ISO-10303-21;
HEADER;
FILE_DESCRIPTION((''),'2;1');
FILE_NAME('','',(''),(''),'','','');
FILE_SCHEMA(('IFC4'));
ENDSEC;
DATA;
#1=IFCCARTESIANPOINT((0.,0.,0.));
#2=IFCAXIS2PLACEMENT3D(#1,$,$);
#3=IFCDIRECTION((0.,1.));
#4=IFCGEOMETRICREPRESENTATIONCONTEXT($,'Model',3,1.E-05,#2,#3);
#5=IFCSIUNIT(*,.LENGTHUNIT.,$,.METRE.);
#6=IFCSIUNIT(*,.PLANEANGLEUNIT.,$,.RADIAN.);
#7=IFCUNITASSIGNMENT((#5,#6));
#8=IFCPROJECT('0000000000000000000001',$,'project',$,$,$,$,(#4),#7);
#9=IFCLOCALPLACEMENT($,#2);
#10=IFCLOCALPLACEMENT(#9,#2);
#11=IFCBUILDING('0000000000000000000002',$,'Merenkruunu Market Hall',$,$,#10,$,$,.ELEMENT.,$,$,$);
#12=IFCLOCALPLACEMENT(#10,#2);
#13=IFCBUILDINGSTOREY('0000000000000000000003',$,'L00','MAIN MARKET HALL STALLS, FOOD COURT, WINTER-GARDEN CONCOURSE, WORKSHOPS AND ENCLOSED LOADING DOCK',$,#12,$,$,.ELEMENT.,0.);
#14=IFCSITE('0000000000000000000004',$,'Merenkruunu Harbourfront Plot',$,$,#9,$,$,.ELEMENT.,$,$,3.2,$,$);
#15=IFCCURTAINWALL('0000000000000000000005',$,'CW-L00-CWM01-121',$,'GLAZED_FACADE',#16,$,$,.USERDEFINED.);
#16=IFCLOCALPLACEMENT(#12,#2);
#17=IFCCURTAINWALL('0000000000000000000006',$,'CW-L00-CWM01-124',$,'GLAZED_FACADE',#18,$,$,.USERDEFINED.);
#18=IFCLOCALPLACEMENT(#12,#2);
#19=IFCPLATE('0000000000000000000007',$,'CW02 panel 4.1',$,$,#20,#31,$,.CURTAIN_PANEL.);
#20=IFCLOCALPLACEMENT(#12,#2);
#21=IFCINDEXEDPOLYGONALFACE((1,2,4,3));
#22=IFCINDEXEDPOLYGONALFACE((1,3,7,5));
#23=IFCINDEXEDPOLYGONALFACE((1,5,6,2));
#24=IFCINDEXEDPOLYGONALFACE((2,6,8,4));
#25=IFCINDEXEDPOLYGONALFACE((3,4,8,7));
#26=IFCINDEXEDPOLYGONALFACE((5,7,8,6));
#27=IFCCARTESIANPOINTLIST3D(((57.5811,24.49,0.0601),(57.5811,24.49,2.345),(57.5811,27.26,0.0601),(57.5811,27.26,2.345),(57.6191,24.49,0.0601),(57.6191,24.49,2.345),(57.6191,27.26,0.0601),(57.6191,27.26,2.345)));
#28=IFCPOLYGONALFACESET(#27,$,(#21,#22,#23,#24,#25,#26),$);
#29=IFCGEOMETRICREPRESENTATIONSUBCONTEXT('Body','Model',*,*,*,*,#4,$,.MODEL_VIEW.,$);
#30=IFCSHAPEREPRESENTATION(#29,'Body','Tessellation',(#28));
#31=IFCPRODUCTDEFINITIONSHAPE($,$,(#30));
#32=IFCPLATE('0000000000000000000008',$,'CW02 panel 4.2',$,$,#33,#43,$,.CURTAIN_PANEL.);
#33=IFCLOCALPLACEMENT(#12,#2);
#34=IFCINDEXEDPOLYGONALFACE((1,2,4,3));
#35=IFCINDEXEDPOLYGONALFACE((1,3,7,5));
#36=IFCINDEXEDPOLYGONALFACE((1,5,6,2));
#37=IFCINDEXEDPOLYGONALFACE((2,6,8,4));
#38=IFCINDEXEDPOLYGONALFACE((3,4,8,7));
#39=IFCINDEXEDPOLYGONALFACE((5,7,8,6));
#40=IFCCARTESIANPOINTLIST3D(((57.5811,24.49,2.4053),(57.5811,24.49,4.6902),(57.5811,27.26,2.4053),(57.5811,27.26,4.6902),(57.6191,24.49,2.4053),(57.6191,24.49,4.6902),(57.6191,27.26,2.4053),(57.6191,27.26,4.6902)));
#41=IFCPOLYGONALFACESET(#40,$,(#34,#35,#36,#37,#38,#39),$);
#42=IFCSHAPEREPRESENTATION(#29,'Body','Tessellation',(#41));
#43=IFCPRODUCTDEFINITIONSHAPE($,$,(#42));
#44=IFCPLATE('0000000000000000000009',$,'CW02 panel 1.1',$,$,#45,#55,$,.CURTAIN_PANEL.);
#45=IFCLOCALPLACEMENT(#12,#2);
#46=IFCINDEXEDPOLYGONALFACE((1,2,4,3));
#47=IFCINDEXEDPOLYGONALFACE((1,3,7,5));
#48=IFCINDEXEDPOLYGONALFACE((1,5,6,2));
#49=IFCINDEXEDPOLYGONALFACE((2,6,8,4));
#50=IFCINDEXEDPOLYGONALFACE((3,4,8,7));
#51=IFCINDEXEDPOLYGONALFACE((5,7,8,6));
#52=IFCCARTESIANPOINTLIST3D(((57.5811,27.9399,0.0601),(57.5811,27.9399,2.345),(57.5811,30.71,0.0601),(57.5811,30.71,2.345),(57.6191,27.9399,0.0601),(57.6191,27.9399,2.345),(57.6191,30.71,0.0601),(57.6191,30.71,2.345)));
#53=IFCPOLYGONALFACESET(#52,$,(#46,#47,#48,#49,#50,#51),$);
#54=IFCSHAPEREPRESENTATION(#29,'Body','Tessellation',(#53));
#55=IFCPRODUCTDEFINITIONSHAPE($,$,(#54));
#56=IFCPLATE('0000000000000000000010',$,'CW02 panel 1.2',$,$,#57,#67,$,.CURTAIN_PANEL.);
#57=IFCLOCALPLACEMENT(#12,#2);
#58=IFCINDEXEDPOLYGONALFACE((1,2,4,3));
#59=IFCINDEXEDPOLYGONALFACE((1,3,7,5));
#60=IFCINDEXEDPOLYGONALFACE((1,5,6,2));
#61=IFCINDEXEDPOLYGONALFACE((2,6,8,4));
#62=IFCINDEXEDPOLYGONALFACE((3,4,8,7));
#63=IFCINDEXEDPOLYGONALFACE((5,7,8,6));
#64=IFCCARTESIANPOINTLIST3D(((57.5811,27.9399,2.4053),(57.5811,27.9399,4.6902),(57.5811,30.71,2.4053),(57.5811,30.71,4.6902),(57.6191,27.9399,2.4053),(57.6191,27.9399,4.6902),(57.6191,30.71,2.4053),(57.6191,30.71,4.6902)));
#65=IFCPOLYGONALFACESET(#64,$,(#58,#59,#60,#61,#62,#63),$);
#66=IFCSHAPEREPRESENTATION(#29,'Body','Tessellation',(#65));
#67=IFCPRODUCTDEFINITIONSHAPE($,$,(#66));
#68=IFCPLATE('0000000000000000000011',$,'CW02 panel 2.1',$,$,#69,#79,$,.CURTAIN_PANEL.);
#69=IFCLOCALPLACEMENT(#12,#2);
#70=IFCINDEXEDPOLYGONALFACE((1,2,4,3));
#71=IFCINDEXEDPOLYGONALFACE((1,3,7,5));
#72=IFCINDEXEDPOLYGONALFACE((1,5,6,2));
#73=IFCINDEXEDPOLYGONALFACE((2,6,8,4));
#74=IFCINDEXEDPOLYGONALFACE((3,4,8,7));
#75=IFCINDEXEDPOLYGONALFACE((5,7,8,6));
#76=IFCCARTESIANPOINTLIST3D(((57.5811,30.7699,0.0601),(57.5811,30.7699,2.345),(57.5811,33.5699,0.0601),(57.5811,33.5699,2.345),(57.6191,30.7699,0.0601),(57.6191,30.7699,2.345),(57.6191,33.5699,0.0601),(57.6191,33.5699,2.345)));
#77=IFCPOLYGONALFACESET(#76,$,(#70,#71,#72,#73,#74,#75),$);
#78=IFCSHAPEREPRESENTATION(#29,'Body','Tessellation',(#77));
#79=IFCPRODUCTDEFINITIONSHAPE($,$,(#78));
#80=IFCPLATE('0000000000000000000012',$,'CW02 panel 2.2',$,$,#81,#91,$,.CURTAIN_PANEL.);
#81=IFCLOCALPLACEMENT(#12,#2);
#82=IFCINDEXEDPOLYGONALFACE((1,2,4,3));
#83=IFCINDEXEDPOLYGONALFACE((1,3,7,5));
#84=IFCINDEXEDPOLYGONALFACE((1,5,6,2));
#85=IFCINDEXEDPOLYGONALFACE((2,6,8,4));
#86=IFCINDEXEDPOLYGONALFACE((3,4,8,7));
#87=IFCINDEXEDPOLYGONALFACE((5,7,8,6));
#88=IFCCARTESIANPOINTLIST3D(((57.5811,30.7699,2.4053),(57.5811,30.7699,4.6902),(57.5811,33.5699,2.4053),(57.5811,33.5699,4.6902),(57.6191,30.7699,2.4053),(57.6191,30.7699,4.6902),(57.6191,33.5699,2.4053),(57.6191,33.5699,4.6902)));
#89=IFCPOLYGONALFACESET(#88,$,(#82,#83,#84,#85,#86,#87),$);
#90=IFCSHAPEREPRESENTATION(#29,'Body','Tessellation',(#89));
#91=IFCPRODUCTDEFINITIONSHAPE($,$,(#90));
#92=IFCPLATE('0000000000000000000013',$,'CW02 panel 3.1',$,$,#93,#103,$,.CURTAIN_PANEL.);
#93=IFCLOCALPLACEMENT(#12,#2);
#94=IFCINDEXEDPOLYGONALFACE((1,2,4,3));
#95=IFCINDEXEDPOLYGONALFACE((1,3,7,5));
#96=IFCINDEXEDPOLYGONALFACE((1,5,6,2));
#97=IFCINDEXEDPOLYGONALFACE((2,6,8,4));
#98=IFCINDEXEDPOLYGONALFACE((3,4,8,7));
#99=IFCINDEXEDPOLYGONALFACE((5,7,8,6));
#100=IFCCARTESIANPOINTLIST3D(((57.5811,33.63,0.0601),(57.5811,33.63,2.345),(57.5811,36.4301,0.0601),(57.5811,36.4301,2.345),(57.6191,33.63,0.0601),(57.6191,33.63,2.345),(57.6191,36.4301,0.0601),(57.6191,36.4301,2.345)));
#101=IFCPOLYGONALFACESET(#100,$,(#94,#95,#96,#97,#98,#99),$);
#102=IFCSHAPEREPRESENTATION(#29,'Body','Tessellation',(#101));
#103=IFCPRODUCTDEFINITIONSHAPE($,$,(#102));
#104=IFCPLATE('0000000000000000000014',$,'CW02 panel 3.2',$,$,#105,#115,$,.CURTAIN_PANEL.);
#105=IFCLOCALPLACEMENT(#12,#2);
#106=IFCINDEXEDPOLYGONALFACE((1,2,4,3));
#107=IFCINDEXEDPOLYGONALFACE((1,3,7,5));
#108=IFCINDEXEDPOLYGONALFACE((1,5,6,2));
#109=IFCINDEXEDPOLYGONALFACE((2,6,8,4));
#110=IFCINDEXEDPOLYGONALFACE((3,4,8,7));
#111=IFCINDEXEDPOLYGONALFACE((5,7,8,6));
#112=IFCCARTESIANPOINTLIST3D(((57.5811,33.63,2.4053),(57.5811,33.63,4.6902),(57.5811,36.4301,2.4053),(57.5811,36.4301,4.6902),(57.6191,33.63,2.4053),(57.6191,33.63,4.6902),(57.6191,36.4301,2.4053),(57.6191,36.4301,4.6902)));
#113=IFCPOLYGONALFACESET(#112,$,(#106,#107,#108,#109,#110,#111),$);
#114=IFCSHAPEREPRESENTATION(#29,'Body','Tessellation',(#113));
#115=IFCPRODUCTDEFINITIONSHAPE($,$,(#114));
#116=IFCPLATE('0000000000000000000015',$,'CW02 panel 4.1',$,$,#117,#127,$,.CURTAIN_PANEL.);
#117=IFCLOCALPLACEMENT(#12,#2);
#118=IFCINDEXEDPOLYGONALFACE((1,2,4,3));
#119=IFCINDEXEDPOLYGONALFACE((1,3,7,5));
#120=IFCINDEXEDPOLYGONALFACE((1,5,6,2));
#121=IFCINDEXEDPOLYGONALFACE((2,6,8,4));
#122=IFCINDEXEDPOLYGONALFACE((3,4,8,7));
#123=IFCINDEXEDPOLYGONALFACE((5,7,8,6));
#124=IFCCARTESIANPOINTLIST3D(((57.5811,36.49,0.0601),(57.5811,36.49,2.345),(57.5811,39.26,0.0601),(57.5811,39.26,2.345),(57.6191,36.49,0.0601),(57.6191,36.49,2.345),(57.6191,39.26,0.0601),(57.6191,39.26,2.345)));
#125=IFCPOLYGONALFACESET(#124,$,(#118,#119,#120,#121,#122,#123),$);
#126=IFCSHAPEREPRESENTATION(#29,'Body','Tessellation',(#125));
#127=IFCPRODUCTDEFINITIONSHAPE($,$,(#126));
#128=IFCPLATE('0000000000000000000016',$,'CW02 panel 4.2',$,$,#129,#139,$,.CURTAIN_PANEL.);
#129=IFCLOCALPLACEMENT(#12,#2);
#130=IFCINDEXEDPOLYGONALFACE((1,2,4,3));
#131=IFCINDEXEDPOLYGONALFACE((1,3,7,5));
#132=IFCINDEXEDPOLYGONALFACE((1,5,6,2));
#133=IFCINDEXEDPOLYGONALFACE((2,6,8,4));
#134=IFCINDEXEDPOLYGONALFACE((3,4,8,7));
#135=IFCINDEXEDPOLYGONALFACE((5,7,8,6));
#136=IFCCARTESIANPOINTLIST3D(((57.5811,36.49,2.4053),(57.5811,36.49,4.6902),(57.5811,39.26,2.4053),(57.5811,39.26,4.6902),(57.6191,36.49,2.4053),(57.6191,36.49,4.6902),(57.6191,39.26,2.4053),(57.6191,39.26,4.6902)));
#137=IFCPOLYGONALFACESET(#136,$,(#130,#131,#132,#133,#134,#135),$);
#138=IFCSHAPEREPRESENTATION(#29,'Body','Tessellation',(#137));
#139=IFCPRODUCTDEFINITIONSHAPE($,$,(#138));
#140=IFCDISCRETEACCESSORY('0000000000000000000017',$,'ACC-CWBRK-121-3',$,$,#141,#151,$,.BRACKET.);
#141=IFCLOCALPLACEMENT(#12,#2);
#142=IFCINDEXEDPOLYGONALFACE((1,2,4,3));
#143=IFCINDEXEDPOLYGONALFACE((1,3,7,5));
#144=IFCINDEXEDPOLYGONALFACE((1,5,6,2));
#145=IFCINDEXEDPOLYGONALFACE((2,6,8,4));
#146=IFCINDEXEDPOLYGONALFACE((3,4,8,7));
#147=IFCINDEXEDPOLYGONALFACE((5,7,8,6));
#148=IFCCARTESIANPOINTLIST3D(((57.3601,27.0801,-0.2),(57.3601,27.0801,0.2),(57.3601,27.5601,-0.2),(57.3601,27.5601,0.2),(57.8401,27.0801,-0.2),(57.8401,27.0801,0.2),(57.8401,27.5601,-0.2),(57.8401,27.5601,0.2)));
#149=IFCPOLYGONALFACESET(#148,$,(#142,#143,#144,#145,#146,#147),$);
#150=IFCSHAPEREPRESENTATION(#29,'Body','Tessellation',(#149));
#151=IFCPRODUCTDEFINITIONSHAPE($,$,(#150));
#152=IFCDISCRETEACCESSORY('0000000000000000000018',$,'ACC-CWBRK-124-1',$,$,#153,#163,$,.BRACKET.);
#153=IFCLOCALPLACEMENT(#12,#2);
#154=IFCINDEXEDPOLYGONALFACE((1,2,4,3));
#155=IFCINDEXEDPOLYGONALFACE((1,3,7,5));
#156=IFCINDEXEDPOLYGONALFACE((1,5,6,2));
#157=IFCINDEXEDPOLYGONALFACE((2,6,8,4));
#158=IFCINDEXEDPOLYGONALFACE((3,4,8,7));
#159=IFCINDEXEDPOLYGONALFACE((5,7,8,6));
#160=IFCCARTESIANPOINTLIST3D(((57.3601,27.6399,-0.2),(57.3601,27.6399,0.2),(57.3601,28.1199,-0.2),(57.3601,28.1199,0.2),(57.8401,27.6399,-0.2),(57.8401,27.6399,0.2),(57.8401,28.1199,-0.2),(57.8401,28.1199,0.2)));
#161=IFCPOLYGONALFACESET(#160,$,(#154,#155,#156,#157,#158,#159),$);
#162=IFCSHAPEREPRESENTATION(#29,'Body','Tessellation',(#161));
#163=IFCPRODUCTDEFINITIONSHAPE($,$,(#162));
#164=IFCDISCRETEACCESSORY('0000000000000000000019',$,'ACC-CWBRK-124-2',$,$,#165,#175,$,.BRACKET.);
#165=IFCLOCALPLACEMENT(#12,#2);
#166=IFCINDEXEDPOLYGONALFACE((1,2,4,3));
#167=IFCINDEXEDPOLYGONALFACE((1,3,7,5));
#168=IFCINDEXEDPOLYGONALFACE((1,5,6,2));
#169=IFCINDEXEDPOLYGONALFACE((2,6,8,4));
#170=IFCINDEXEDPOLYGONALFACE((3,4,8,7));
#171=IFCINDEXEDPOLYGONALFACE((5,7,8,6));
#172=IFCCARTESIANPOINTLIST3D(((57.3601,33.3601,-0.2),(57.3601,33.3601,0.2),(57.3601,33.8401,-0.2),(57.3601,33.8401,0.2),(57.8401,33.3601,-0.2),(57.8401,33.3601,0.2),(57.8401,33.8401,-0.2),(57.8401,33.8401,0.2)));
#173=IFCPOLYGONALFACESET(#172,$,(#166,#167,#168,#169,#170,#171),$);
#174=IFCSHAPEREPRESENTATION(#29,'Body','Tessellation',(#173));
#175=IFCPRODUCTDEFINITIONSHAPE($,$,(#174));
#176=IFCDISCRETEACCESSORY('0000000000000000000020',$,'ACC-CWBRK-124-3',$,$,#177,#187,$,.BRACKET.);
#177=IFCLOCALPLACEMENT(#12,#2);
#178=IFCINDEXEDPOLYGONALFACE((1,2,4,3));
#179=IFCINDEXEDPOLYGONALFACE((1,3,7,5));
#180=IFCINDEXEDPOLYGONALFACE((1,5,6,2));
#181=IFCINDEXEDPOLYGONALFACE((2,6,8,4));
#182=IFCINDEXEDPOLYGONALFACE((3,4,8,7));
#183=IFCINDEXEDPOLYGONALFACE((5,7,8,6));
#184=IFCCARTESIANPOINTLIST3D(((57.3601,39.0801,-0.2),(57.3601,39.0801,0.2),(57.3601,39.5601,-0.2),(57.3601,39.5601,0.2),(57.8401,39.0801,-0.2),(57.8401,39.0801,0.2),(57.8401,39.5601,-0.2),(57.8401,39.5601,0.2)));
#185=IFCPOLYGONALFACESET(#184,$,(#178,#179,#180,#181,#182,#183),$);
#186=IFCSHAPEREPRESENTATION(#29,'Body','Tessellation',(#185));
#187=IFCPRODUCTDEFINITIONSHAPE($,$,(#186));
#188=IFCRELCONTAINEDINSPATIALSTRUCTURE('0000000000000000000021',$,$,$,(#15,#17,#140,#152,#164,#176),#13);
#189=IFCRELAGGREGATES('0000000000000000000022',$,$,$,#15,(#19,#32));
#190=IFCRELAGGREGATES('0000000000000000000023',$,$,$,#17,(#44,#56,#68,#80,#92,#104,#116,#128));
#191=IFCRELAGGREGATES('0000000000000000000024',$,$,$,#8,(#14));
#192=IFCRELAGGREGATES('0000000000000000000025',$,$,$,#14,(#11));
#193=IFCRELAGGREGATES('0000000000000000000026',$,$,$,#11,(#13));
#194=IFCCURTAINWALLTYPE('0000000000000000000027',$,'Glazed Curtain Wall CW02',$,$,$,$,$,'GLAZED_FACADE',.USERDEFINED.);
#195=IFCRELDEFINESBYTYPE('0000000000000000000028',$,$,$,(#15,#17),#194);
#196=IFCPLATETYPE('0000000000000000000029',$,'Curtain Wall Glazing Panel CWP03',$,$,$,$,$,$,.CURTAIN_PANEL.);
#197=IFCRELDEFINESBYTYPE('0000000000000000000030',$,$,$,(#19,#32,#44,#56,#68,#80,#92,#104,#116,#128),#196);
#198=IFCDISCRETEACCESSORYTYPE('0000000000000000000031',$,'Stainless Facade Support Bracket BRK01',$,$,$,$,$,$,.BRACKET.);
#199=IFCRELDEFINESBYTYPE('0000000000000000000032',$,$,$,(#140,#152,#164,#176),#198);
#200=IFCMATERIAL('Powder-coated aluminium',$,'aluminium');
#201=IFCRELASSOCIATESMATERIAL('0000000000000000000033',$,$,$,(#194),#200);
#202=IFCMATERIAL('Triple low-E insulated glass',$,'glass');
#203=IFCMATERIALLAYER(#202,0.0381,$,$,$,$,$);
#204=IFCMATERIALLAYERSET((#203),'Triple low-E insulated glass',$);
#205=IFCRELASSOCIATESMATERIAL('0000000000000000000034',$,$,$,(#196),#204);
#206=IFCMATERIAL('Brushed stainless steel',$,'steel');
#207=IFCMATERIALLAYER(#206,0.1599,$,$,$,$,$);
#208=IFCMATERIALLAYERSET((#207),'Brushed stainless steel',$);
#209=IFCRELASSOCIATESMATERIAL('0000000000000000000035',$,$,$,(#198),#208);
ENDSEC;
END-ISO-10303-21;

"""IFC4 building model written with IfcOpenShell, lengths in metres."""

from ifc_helpers import new_model, si_unit, direction, frame, origin, origin_2d, place, context, subcontext, project, spatial, rectangle, extrude, material, layer, layer_set, type_object, element, aggregate, save


model = new_model("IFC4")

# Units and contexts
model_context = context("Model", 3, precision=1e-05, world=origin(), true_north=direction((0.0, 1.0)))
body_context = subcontext(model_context, "Body", "Model", "MODEL_VIEW")
ifc_project = project(units=[si_unit("LENGTHUNIT", "METRE"), si_unit("PLANEANGLEUNIT", "RADIAN")], contexts=[model_context])

# Site, building, storey
site_placement = place(None, origin())
site = spatial("IfcSite", under=ifc_project, at=site_placement, Name="Merenkruunu Harbourfront Plot", CompositionType="ELEMENT", RefElevation=3.2)
building_placement = place(site_placement, origin())
building = spatial("IfcBuilding", under=site, at=building_placement, Name="Merenkruunu Market Hall", CompositionType="ELEMENT")
storey_placement = place(building_placement, origin())
storey = spatial("IfcBuildingStorey", under=building, at=storey_placement, Name="L00", Description="MAIN MARKET HALL STALLS, FOOD COURT, WINTER-GARDEN CONCOURSE, WORKSHOPS AND ENCLOSED LOADING DOCK", CompositionType="ELEMENT", Elevation=0.0)

# Curtain wall
ifc_material_1 = material(Name="Powder-coated aluminium", Category="aluminium")
curtain_wall_type = type_object("IfcCurtainWallType", Name="Glazed Curtain Wall CW02", ElementType="GLAZED_FACADE", PredefinedType="USERDEFINED", material=ifc_material_1)
curtain_wall_1_placement = place(storey_placement, origin())
curtain_wall_1 = element("IfcCurtainWall", 1, at=curtain_wall_1_placement, inside=storey, type_object=curtain_wall_type, Name="CW-L00-CWM01-121", ObjectType="GLAZED_FACADE", PredefinedType="USERDEFINED")

# Curtain wall
curtain_wall_2_placement = place(storey_placement, origin())
curtain_wall_2 = element("IfcCurtainWall", 2, at=curtain_wall_2_placement, inside=storey, type_object=curtain_wall_type, Name="CW-L00-CWM01-124", ObjectType="GLAZED_FACADE", PredefinedType="USERDEFINED")

# Plates
ifc_material_2 = material(Name="Triple low-E insulated glass", Category="glass")
ifc_layer_1 = layer(ifc_material_2, 0.0381)
ifc_layer_set_1 = layer_set([ifc_layer_1], Name="Triple low-E insulated glass")
plate_type_1 = type_object("IfcPlateType", Name="Curtain Wall Glazing Panel CWP03", PredefinedType="CURTAIN_PANEL", material=ifc_layer_set_1)
plate_1_placement = place(storey_placement, frame((57.6001, 25.875, 0.0601), z_axis=(0.0, 0.0, 1.0), x_axis=(0.0, 1.0, 0.0)))
plate_1 = element("IfcPlate", 3, at=plate_1_placement, type_object=plate_type_1, Name="CW02 panel 4.1", PredefinedType="CURTAIN_PANEL", context=body_context, shape_type="SweptSolid", body=[
    extrude(rectangle(XDim=2.77, YDim=0.0381, at=origin_2d()), origin(), (0.0, 0.0, 1.0), 2.2849),
])
plate_2_placement = place(storey_placement, frame((57.6001, 25.875, 2.4053), z_axis=(0.0, 0.0, 1.0), x_axis=(0.0, 1.0, 0.0)))
plate_2 = element("IfcPlate", 4, at=plate_2_placement, type_object=plate_type_1, Name="CW02 panel 4.2", PredefinedType="CURTAIN_PANEL", context=body_context, shape_type="SweptSolid", body=[
    extrude(rectangle(XDim=2.77, YDim=0.0381, at=origin_2d()), origin(), (0.0, 0.0, 1.0), 2.2849),
])
aggregate(curtain_wall_1, [plate_1, plate_2])
plate_3_placement = place(storey_placement, frame((57.6001, 29.325, 0.0601), z_axis=(0.0, 0.0, 1.0), x_axis=(0.0, 1.0, 0.0)))
plate_3 = element("IfcPlate", 5, at=plate_3_placement, type_object=plate_type_1, Name="CW02 panel 1.1", PredefinedType="CURTAIN_PANEL", context=body_context, shape_type="SweptSolid", body=[
    extrude(rectangle(XDim=2.77, YDim=0.0381, at=origin_2d()), origin(), (0.0, 0.0, 1.0), 2.2849),
])
plate_4_placement = place(storey_placement, frame((57.6001, 29.325, 2.4053), z_axis=(0.0, 0.0, 1.0), x_axis=(0.0, 1.0, 0.0)))
plate_4 = element("IfcPlate", 6, at=plate_4_placement, type_object=plate_type_1, Name="CW02 panel 1.2", PredefinedType="CURTAIN_PANEL", context=body_context, shape_type="SweptSolid", body=[
    extrude(rectangle(XDim=2.77, YDim=0.0381, at=origin_2d()), origin(), (0.0, 0.0, 1.0), 2.2849),
])
plate_5_placement = place(storey_placement, frame((57.6001, 32.1699, 0.0601), z_axis=(0.0, 0.0, 1.0), x_axis=(0.0, 1.0, 0.0)))
plate_5 = element("IfcPlate", 7, at=plate_5_placement, type_object=plate_type_1, Name="CW02 panel 2.1", PredefinedType="CURTAIN_PANEL", context=body_context, shape_type="SweptSolid", body=[
    extrude(rectangle(XDim=2.8, YDim=0.0381, at=origin_2d()), origin(), (0.0, 0.0, 1.0), 2.2849),
])
plate_6_placement = place(storey_placement, frame((57.6001, 32.1699, 2.4053), z_axis=(0.0, 0.0, 1.0), x_axis=(0.0, 1.0, 0.0)))
plate_6 = element("IfcPlate", 8, at=plate_6_placement, type_object=plate_type_1, Name="CW02 panel 2.2", PredefinedType="CURTAIN_PANEL", context=body_context, shape_type="SweptSolid", body=[
    extrude(rectangle(XDim=2.8, YDim=0.0381, at=origin_2d()), origin(), (0.0, 0.0, 1.0), 2.2849),
])
plate_7_placement = place(storey_placement, frame((57.6001, 35.03, 0.0601), z_axis=(0.0, 0.0, 1.0), x_axis=(0.0, 1.0, 0.0)))
plate_7 = element("IfcPlate", 9, at=plate_7_placement, type_object=plate_type_1, Name="CW02 panel 3.1", PredefinedType="CURTAIN_PANEL", context=body_context, shape_type="SweptSolid", body=[
    extrude(rectangle(XDim=2.8, YDim=0.0381, at=origin_2d()), origin(), (0.0, 0.0, 1.0), 2.2849),
])
plate_8_placement = place(storey_placement, frame((57.6001, 35.03, 2.4053), z_axis=(0.0, 0.0, 1.0), x_axis=(0.0, 1.0, 0.0)))
plate_8 = element("IfcPlate", 10, at=plate_8_placement, type_object=plate_type_1, Name="CW02 panel 3.2", PredefinedType="CURTAIN_PANEL", context=body_context, shape_type="SweptSolid", body=[
    extrude(rectangle(XDim=2.8, YDim=0.0381, at=origin_2d()), origin(), (0.0, 0.0, 1.0), 2.2849),
])
plate_9_placement = place(storey_placement, frame((57.6001, 37.875, 0.0601), z_axis=(0.0, 0.0, 1.0), x_axis=(0.0, 1.0, 0.0)))
plate_9 = element("IfcPlate", 11, at=plate_9_placement, type_object=plate_type_1, Name="CW02 panel 4.1", PredefinedType="CURTAIN_PANEL", context=body_context, shape_type="SweptSolid", body=[
    extrude(rectangle(XDim=2.77, YDim=0.0381, at=origin_2d()), origin(), (0.0, 0.0, 1.0), 2.2849),
])
plate_10_placement = place(storey_placement, frame((57.6001, 37.875, 2.4053), z_axis=(0.0, 0.0, 1.0), x_axis=(0.0, 1.0, 0.0)))
plate_10 = element("IfcPlate", 12, at=plate_10_placement, type_object=plate_type_1, Name="CW02 panel 4.2", PredefinedType="CURTAIN_PANEL", context=body_context, shape_type="SweptSolid", body=[
    extrude(rectangle(XDim=2.77, YDim=0.0381, at=origin_2d()), origin(), (0.0, 0.0, 1.0), 2.2849),
])
aggregate(curtain_wall_2, [plate_3, plate_4, plate_5, plate_6, plate_7, plate_8, plate_9, plate_10])

# Discrete accessories
ifc_material_3 = material(Name="Brushed stainless steel", Category="steel")
ifc_layer_2 = layer(ifc_material_3, 0.1599)
ifc_layer_set_2 = layer_set([ifc_layer_2], Name="Brushed stainless steel")
discrete_accessory_type = type_object("IfcDiscreteAccessoryType", Name="Stainless Facade Support Bracket BRK01", PredefinedType="BRACKET", material=ifc_layer_set_2)
for number, where, z_axis, x_axis, name in (
    (13, (57.6001, 27.3201, -0.2), (0.0, 0.0, 1.0), (1.0, 0.0, 0.0), "ACC-CWBRK-121-3"),
    (14, (57.6001, 27.8799, -0.2), (0.0, 0.0, 1.0), (1.0, 0.0, 0.0), "ACC-CWBRK-124-1"),
    (15, (57.6001, 33.6001, -0.2), (0.0, 0.0, 1.0), (1.0, 0.0, 0.0), "ACC-CWBRK-124-2"),
    (16, (57.6001, 39.3201, -0.2), (0.0, 0.0, 1.0), (1.0, 0.0, 0.0), "ACC-CWBRK-124-3"),
):
    element("IfcDiscreteAccessory", number, at=place(storey_placement, frame(where, z_axis=z_axis, x_axis=x_axis)), inside=storey, type_object=discrete_accessory_type, Name=name, PredefinedType="BRACKET", context=body_context, shape_type="SweptSolid", body=[
        extrude(rectangle(XDim=0.48, YDim=0.48, at=origin_2d()), origin(), (0.0, 0.0, 1.0), 0.3999),
    ])

save(model, "model.ifc")
